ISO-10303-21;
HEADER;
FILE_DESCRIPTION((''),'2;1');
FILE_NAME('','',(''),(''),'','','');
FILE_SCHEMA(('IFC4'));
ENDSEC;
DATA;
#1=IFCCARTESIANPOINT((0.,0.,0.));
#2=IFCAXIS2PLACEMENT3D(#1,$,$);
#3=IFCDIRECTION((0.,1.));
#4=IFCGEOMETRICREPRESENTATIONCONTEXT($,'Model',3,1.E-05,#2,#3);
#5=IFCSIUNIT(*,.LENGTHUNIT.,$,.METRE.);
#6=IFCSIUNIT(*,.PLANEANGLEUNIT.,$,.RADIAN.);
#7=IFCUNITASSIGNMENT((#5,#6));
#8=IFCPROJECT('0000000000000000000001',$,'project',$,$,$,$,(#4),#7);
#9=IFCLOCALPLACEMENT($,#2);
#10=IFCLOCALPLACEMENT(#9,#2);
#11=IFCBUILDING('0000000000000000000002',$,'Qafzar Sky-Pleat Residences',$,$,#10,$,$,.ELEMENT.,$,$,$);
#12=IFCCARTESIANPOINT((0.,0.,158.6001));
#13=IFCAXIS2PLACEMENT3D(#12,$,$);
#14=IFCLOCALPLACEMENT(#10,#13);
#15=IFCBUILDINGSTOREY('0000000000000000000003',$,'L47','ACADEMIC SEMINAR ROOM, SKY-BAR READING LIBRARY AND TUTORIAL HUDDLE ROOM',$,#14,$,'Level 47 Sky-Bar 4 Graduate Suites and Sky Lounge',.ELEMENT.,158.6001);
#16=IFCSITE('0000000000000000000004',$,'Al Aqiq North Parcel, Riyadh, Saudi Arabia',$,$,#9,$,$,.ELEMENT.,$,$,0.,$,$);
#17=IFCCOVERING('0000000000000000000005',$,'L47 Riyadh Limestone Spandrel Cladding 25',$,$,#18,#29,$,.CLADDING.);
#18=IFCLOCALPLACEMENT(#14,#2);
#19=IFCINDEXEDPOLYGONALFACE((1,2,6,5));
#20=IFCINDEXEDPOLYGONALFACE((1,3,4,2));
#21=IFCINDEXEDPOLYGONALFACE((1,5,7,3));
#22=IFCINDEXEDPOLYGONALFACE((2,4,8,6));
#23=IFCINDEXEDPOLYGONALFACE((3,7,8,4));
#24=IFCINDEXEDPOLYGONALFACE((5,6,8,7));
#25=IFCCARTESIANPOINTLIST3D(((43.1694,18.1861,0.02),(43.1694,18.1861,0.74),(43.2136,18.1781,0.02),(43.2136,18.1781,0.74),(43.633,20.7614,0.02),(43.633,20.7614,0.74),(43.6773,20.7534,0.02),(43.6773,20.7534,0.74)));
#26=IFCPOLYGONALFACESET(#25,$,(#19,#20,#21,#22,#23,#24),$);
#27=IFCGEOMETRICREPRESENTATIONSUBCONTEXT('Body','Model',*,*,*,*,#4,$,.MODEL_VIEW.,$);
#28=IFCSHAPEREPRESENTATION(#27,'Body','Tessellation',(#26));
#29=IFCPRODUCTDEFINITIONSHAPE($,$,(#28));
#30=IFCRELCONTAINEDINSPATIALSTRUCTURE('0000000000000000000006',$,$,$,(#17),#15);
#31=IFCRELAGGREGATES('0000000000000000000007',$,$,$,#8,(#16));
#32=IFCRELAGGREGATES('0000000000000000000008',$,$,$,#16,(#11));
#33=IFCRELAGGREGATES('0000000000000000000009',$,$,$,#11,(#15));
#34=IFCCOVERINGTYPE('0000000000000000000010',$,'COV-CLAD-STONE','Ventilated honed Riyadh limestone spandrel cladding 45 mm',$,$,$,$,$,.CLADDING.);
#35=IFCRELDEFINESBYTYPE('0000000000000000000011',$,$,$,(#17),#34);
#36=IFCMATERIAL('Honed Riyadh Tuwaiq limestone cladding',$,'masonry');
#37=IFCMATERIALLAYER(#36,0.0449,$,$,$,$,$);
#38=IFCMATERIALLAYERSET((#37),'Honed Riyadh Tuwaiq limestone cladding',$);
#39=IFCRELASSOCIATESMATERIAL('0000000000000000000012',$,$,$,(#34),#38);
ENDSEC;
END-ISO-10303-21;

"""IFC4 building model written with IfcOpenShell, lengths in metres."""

from ifc_helpers import new_model, si_unit, direction, frame, origin, origin_2d, place, context, subcontext, project, spatial, rectangle, extrude, source, transform, mapped, material, layer, layer_set, type_object, element, save


model = new_model("IFC4")

# Units and contexts
model_context = context("Model", 3, precision=1e-05, world=origin(), true_north=direction((0.0, 1.0)))
body_context = subcontext(model_context, "Body", "Model", "MODEL_VIEW")
ifc_project = project(units=[si_unit("LENGTHUNIT", "METRE"), si_unit("PLANEANGLEUNIT", "RADIAN")], contexts=[model_context])

# Site, building, storey
site_placement = place(None, origin())
site = spatial("IfcSite", under=ifc_project, at=site_placement, Name="Al Aqiq North Parcel, Riyadh, Saudi Arabia", CompositionType="ELEMENT", RefElevation=0.0)
building_placement = place(site_placement, origin())
building = spatial("IfcBuilding", under=site, at=building_placement, Name="Qafzar Sky-Pleat Residences", CompositionType="ELEMENT")
storey_placement = place(building_placement, frame((0.0, 0.0, 158.6001)))
storey = spatial("IfcBuildingStorey", under=building, at=storey_placement, Name="L47", Description="ACADEMIC SEMINAR ROOM, SKY-BAR READING LIBRARY AND TUTORIAL HUDDLE ROOM", LongName="Level 47 Sky-Bar 4 Graduate Suites and Sky Lounge", CompositionType="ELEMENT", Elevation=158.6001)

# Covering
ifc_material_1 = material(Name="Honed Riyadh Tuwaiq limestone cladding", Category="masonry")
ifc_layer_1 = layer(ifc_material_1, 0.0449)
ifc_layer_set_1 = layer_set([ifc_layer_1], Name="Honed Riyadh Tuwaiq limestone cladding")
covering_type = type_object("IfcCoveringType", Name="COV-CLAD-STONE", Description="Ventilated honed Riyadh limestone spandrel cladding 45 mm", PredefinedType="CLADDING", material=ifc_layer_set_1)
shared_shape_1 = source(origin(), body_context, "Body", "SweptSolid", [
    extrude(rectangle(XDim=2.6167, YDim=0.0449, at=origin_2d()), origin(), (0.0, 0.0, 1.0), 0.72),
])
covering_placement = place(storey_placement, frame((43.4233, 19.4697, 0.02), z_axis=(0.0, 0.0, 1.0), x_axis=(0.177175, 0.984179, 0.0)))
element("IfcCovering", 1, at=covering_placement, inside=storey, type_object=covering_type, Name="L47 Riyadh Limestone Spandrel Cladding 25", PredefinedType="CLADDING", context=body_context, shape_type="MappedRepresentation", body=[
    mapped(shared_shape_1, transform((0.0, 0.0, 0.0), x_axis=(1.0, 0.0, 0.0), y_axis=(0.0, 1.0, 0.0), z_axis=(0.0, 0.0, 1.0), scale=1.0)),
])

save(model, "model.ifc")
